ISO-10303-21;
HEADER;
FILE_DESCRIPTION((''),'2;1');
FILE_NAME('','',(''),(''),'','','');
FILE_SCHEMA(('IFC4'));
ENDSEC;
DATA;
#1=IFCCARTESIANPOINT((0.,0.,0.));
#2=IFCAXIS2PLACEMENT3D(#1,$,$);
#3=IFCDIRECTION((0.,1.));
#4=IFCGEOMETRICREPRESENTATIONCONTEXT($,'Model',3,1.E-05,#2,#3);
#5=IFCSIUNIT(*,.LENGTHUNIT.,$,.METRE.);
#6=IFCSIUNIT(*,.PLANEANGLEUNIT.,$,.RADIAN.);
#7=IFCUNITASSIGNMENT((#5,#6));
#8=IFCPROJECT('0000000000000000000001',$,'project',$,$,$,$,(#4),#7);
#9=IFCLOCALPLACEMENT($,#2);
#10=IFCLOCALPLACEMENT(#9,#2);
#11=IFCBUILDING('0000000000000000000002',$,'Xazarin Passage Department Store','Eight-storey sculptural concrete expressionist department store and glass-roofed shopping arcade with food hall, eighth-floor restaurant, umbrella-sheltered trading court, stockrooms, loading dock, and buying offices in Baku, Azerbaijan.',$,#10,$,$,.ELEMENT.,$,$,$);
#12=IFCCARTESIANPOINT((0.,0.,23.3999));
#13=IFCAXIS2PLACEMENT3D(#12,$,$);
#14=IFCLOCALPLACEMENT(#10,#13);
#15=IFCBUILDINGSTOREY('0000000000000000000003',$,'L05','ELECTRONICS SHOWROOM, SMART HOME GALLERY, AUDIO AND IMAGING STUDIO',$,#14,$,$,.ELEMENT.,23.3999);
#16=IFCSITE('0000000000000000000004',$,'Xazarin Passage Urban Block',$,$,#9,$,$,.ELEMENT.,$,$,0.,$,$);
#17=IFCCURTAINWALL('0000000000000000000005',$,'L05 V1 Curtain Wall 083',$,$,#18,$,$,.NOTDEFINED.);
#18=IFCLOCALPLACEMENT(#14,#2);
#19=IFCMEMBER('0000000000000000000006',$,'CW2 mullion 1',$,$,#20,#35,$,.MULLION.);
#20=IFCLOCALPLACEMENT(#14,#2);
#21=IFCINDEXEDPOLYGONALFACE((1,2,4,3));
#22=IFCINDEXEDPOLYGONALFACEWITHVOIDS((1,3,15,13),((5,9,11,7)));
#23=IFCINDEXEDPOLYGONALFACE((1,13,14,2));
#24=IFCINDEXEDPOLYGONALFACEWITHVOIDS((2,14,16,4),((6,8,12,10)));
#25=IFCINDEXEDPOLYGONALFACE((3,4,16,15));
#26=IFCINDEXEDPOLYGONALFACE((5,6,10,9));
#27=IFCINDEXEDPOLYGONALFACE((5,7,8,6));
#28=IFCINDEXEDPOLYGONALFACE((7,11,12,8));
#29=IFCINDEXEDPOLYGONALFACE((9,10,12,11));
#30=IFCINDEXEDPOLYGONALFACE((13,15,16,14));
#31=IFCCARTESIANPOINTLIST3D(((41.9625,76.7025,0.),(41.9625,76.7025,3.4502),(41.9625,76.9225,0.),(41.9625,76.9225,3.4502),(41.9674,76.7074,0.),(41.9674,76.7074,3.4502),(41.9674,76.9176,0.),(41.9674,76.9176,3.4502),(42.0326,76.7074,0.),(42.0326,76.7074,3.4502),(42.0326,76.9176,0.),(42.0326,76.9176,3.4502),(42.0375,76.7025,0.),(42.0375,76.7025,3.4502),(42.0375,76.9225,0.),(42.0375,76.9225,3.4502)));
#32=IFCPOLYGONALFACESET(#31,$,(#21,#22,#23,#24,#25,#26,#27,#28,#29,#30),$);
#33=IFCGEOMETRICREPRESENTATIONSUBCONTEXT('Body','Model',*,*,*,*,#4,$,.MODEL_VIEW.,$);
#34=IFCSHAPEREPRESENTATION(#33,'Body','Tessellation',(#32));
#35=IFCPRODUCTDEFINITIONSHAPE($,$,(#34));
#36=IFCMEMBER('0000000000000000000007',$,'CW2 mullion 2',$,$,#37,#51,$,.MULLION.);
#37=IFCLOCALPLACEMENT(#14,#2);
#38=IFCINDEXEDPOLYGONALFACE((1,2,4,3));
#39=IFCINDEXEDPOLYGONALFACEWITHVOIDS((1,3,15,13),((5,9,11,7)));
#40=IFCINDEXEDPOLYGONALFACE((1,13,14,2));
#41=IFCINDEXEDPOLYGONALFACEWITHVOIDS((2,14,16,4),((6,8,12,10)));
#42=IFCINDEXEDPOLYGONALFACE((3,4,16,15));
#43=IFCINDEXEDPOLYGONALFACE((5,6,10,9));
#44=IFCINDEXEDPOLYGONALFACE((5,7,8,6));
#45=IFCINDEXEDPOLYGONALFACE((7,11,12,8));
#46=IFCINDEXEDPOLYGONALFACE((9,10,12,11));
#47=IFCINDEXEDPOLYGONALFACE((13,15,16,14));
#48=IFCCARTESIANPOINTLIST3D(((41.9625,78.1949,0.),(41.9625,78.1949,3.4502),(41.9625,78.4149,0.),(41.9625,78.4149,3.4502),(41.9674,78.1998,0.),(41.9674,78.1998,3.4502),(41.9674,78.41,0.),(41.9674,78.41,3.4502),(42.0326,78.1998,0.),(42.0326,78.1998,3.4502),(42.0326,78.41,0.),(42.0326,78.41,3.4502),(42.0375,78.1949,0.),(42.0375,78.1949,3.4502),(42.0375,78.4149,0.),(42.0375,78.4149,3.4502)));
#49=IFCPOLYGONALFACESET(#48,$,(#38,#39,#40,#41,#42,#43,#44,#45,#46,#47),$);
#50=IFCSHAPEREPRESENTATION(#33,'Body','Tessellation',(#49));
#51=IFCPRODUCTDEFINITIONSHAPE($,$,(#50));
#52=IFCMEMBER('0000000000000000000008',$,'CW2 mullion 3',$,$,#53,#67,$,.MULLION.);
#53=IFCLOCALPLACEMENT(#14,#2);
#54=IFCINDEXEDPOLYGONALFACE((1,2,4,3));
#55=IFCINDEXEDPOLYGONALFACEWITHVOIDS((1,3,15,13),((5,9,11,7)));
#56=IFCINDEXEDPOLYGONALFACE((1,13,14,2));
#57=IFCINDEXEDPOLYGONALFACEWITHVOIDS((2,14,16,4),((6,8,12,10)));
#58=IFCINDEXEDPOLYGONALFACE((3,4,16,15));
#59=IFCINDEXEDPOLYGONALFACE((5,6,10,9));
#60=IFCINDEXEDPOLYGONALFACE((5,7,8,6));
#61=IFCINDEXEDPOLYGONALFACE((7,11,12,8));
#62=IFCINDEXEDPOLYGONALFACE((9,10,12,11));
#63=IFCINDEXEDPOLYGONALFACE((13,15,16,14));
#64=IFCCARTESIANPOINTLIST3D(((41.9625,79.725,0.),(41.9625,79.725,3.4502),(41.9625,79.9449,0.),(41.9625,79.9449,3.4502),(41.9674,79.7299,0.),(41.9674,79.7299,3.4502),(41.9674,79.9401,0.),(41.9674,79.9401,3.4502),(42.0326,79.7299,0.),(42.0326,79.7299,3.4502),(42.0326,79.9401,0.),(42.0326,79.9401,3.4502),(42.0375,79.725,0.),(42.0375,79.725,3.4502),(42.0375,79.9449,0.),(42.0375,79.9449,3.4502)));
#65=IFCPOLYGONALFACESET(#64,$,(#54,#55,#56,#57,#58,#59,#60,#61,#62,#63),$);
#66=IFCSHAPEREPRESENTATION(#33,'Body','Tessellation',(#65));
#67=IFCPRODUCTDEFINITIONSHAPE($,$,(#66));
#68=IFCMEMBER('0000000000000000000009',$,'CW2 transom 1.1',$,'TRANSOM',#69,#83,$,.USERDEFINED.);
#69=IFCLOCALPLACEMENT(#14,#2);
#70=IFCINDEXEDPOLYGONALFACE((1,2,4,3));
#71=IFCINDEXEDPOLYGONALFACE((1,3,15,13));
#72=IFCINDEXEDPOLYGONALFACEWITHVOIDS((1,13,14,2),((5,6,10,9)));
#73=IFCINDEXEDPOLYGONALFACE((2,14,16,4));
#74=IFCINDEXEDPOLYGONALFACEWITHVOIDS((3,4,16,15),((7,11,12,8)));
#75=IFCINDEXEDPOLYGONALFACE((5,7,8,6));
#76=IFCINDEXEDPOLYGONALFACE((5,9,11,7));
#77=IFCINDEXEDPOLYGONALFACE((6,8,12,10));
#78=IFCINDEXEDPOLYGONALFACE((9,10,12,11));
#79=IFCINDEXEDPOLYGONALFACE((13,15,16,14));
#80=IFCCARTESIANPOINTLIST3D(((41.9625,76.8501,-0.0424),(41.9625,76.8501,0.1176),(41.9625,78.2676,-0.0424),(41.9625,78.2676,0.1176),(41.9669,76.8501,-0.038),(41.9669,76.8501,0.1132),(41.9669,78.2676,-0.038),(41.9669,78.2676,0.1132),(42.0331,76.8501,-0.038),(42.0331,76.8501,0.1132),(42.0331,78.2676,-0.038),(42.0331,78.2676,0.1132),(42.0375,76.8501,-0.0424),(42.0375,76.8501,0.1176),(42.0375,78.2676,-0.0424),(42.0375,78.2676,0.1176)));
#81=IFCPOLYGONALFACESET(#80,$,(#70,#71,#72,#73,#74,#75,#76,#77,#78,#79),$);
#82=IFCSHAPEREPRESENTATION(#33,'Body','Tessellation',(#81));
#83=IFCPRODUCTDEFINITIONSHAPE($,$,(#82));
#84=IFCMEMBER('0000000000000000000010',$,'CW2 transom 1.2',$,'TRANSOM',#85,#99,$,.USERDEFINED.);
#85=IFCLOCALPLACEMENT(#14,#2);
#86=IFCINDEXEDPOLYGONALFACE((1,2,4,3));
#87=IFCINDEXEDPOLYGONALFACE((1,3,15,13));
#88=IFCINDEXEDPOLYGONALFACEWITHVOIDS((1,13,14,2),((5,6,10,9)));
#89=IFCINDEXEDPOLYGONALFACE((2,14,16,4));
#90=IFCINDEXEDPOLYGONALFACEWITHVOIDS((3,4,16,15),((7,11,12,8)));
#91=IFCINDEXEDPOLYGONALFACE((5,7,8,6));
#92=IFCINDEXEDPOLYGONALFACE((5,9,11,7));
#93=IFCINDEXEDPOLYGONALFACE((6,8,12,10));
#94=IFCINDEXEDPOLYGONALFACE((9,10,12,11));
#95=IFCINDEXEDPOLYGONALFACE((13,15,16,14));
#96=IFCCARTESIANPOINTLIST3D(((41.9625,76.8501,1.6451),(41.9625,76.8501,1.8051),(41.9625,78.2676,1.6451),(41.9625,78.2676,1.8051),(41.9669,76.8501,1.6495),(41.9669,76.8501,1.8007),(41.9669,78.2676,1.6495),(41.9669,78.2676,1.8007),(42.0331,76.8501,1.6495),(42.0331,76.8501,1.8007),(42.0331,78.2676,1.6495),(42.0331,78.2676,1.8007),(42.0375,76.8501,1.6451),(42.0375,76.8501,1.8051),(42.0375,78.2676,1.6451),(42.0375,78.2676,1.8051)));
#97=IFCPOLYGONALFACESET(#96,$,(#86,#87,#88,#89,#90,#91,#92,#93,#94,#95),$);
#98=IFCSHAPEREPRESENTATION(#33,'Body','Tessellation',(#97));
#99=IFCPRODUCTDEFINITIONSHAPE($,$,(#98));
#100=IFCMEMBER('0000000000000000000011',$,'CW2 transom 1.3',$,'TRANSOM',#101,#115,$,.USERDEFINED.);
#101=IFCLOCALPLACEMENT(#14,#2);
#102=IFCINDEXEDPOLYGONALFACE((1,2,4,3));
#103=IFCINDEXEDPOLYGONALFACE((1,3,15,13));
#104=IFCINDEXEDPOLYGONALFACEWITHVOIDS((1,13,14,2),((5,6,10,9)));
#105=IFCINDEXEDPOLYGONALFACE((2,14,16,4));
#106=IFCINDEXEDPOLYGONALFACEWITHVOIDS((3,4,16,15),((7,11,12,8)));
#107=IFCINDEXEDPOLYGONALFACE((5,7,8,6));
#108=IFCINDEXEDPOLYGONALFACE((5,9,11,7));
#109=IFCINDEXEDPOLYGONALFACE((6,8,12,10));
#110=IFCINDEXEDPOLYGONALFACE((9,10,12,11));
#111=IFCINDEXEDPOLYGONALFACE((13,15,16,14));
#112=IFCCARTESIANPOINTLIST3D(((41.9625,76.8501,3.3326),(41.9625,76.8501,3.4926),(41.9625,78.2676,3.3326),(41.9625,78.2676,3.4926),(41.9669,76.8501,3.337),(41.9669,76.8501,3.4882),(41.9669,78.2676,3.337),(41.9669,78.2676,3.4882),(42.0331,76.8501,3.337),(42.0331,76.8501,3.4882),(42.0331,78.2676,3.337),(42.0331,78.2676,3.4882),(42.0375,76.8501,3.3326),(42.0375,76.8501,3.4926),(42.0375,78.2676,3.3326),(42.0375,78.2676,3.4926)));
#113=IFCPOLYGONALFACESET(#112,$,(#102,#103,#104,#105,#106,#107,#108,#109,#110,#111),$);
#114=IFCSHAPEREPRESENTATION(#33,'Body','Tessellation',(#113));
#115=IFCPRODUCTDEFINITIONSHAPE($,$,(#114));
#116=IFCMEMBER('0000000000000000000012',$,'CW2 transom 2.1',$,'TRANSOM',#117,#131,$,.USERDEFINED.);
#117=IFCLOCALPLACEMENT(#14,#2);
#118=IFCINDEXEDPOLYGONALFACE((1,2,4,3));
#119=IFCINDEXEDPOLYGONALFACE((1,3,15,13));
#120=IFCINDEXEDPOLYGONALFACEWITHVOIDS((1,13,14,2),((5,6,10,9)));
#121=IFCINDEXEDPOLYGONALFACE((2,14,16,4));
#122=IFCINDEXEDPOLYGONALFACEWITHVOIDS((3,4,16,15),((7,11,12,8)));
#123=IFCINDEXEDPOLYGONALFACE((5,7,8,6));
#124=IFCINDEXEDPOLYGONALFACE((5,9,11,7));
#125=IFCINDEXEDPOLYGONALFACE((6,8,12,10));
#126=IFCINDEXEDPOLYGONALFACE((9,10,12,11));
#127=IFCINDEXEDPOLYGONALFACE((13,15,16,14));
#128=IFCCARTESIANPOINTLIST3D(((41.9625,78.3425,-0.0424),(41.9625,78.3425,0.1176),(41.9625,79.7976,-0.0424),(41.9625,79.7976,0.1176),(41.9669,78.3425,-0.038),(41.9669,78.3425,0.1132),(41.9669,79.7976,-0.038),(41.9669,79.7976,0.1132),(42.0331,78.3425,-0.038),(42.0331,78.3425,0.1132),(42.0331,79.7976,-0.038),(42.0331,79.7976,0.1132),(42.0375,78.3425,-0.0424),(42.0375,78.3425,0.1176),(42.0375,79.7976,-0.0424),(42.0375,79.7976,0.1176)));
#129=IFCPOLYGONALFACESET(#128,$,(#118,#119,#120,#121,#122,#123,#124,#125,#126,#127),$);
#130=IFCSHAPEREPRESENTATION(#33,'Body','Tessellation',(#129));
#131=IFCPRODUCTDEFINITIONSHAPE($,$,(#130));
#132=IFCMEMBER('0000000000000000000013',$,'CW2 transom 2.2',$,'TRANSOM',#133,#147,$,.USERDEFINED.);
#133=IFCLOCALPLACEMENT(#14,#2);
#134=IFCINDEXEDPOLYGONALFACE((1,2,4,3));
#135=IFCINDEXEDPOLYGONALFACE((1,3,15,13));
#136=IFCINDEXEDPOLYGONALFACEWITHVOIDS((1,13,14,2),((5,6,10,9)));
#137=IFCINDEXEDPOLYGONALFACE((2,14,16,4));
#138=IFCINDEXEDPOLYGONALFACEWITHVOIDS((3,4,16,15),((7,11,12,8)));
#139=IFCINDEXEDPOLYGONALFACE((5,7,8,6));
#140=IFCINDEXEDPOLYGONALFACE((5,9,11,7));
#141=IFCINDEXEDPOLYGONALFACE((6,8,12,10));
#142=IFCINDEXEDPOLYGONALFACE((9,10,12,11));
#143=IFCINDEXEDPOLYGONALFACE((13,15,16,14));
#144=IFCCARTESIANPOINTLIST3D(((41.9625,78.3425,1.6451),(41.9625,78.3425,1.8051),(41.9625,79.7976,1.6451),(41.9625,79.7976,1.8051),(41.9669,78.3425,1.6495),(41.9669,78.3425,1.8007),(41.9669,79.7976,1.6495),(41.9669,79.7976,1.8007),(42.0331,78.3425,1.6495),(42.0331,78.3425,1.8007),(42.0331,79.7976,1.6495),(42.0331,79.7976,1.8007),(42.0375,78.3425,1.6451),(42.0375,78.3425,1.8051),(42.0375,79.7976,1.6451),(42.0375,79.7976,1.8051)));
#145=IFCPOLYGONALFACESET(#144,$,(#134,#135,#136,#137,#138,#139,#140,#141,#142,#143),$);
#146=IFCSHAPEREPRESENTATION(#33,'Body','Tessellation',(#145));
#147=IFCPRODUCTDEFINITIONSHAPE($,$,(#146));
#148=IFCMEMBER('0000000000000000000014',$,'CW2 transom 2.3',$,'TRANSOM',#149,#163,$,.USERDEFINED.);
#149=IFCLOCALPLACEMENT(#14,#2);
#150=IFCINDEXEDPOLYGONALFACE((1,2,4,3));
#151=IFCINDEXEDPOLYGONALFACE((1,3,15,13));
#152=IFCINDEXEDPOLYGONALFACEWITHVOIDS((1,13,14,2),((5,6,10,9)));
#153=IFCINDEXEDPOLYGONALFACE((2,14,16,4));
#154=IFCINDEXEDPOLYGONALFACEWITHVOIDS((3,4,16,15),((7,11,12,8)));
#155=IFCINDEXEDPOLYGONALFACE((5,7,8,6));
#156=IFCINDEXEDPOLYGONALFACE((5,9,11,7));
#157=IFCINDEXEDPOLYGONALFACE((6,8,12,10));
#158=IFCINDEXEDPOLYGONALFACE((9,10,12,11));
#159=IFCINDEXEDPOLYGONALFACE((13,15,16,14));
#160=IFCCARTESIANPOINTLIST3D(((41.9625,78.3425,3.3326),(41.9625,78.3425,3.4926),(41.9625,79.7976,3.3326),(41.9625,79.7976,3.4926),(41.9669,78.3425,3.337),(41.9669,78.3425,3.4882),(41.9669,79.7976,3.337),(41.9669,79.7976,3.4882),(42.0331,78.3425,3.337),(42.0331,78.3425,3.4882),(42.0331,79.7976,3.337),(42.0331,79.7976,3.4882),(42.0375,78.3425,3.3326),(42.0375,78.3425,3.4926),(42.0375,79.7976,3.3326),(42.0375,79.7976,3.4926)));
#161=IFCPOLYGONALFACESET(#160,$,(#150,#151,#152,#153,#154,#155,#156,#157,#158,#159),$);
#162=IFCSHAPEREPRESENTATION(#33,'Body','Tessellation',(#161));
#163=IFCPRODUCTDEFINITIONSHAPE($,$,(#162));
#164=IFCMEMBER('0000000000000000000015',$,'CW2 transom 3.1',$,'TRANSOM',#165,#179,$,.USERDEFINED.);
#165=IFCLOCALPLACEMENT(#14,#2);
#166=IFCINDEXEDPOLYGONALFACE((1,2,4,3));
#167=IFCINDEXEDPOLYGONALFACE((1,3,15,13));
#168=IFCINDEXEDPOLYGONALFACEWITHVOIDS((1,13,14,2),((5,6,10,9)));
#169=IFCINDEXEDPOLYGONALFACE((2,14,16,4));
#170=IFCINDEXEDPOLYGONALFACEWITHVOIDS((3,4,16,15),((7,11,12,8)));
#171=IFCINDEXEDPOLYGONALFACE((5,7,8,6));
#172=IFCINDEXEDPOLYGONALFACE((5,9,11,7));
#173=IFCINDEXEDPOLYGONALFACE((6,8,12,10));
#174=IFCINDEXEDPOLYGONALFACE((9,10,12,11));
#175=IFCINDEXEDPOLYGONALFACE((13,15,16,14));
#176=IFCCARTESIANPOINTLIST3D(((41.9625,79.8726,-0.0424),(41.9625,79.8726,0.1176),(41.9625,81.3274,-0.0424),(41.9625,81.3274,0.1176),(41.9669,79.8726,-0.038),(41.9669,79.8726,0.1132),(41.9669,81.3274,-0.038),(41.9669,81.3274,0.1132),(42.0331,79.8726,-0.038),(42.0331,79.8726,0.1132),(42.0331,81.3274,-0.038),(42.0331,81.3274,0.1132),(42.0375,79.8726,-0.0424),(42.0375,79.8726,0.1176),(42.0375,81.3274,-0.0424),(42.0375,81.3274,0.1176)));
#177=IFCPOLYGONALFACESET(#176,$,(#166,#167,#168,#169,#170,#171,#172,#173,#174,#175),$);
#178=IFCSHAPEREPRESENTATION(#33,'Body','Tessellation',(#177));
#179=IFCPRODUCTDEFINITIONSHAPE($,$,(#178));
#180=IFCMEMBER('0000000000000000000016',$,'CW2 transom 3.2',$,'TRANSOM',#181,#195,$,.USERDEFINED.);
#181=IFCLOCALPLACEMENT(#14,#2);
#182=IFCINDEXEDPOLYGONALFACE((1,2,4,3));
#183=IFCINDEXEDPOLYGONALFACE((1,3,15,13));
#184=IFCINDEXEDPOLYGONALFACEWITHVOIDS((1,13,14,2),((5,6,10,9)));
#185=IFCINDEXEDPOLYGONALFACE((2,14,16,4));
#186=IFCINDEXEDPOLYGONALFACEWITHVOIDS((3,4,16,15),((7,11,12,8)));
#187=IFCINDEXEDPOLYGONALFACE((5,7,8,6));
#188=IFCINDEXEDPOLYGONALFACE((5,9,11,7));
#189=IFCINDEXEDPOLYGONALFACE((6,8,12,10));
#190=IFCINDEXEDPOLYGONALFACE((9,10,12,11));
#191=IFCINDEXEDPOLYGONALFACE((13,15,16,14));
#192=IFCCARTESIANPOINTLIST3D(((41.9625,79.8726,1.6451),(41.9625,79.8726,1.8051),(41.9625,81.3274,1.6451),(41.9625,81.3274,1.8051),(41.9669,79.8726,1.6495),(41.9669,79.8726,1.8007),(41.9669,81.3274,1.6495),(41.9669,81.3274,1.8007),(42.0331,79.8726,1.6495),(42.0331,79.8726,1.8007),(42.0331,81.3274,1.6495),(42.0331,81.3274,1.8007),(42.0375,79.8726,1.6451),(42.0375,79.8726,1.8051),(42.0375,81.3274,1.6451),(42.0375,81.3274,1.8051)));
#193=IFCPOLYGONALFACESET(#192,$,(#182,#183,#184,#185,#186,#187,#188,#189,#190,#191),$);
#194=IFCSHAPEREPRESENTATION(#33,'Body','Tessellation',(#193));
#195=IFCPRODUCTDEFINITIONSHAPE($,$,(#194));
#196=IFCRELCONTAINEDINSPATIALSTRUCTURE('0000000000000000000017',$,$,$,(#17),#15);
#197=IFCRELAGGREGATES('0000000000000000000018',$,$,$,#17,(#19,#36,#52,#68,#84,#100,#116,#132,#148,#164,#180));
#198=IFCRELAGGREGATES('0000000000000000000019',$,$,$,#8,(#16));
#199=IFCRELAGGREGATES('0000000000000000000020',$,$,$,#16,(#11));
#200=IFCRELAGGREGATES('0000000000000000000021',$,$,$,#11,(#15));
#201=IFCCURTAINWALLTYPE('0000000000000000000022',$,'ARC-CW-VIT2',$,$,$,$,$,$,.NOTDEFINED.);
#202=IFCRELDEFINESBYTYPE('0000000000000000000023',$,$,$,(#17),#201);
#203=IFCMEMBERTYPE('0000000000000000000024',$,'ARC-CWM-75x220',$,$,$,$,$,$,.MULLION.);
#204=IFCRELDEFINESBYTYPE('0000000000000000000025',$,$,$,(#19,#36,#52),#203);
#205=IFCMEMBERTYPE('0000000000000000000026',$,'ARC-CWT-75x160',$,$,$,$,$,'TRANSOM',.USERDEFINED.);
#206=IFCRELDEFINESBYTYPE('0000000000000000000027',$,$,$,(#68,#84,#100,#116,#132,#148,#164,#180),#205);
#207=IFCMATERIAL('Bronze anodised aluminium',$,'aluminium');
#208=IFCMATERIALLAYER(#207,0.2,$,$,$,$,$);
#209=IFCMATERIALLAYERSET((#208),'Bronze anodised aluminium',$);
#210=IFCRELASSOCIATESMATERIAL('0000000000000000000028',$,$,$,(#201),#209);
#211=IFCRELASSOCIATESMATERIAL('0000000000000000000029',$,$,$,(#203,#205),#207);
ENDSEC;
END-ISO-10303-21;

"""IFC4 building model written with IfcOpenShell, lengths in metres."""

from ifc_helpers import new_model, si_unit, direction, frame, origin, origin_2d, place, context, subcontext, project, spatial, hollow_rectangle, extrude, material, layer, layer_set, material_profile, profile_set, type_object, element, aggregate, save


model = new_model("IFC4")

# Units and contexts
model_context = context("Model", 3, precision=1e-05, world=origin(), true_north=direction((0.0, 1.0)))
body_context = subcontext(model_context, "Body", "Model", "MODEL_VIEW")
ifc_project = project(units=[si_unit("LENGTHUNIT", "METRE"), si_unit("PLANEANGLEUNIT", "RADIAN")], contexts=[model_context])

# Site, building, storey
site_placement = place(None, origin())
site = spatial("IfcSite", under=ifc_project, at=site_placement, Name="Xazarin Passage Urban Block", CompositionType="ELEMENT", RefElevation=0.0)
building_placement = place(site_placement, origin())
building = spatial("IfcBuilding", under=site, at=building_placement, Name="Xazarin Passage Department Store", Description="Eight-storey sculptural concrete expressionist department store and glass-roofed shopping arcade with food hall, eighth-floor restaurant, umbrella-sheltered trading court, stockrooms, loading dock, and buying offices in Baku, Azerbaijan.", CompositionType="ELEMENT")
storey_placement = place(building_placement, frame((0.0, 0.0, 23.3999)))
storey = spatial("IfcBuildingStorey", under=building, at=storey_placement, Name="L05", Description="ELECTRONICS SHOWROOM, SMART HOME GALLERY, AUDIO AND IMAGING STUDIO", CompositionType="ELEMENT", Elevation=23.3999)

# Curtain wall, members
ifc_material_1 = material(Name="Bronze anodised aluminium", Category="aluminium")
ifc_layer_1 = layer(ifc_material_1, 0.2)
ifc_layer_set_1 = layer_set([ifc_layer_1], Name="Bronze anodised aluminium")
curtain_wall_type = type_object("IfcCurtainWallType", Name="ARC-CW-VIT2", PredefinedType="NOTDEFINED", material=ifc_layer_set_1)
curtain_wall_placement = place(storey_placement, origin())
curtain_wall = element("IfcCurtainWall", 1, at=curtain_wall_placement, inside=storey, type_object=curtain_wall_type, Name="L05 V1 Curtain Wall 083", PredefinedType="NOTDEFINED")
ifc_material_profile_1 = material_profile(ifc_material_1, hollow_rectangle(XDim=0.075, YDim=0.22, WallThickness=0.0049, at=origin_2d()), Name="ALU 75x220")
ifc_profile_set_1 = profile_set([ifc_material_profile_1], Name="Bronze anodised aluminium")
member_type_1 = type_object("IfcMemberType", Name="ARC-CWM-75x220", PredefinedType="MULLION", material=ifc_profile_set_1)
member_1_placement = place(storey_placement, frame((42.0, 76.8125, 0.0), z_axis=(0.0, 0.0, 1.0), x_axis=(-1.0, 0.0, 0.0)))
member_1 = element("IfcMember", 2, at=member_1_placement, type_object=member_type_1, Name="CW2 mullion 1", PredefinedType="MULLION", context=body_context, shape_type="SweptSolid", body=[
    extrude(hollow_rectangle(XDim=0.075, YDim=0.22, WallThickness=0.0049, at=origin_2d()), origin(), (0.0, 0.0, 1.0), 3.4502),
])
member_2_placement = place(storey_placement, frame((42.0, 78.3049, 0.0), z_axis=(0.0, 0.0, 1.0), x_axis=(-1.0, 0.0, 0.0)))
member_2 = element("IfcMember", 3, at=member_2_placement, type_object=member_type_1, Name="CW2 mullion 2", PredefinedType="MULLION", context=body_context, shape_type="SweptSolid", body=[
    extrude(hollow_rectangle(XDim=0.075, YDim=0.22, WallThickness=0.0049, at=origin_2d()), origin(), (0.0, 0.0, 1.0), 3.4502),
])
member_3_placement = place(storey_placement, frame((42.0, 79.835, 0.0), z_axis=(0.0, 0.0, 1.0), x_axis=(-1.0, 0.0, 0.0)))
member_3 = element("IfcMember", 4, at=member_3_placement, type_object=member_type_1, Name="CW2 mullion 3", PredefinedType="MULLION", context=body_context, shape_type="SweptSolid", body=[
    extrude(hollow_rectangle(XDim=0.075, YDim=0.22, WallThickness=0.0049, at=origin_2d()), origin(), (0.0, 0.0, 1.0), 3.4502),
])
ifc_material_profile_2 = material_profile(ifc_material_1, hollow_rectangle(XDim=0.075, YDim=0.1599, WallThickness=0.0044, at=origin_2d()), Name="ALU 75x160")
ifc_profile_set_2 = profile_set([ifc_material_profile_2], Name="Bronze anodised aluminium")
member_type_2 = type_object("IfcMemberType", Name="ARC-CWT-75x160", ElementType="TRANSOM", PredefinedType="USERDEFINED", material=ifc_profile_set_2)
member_4_placement = place(storey_placement, frame((42.0, 76.8501, 0.0376), z_axis=(0.0, 1.0, 0.0), x_axis=(-1.0, 0.0, 0.0)))
member_4 = element("IfcMember", 5, at=member_4_placement, type_object=member_type_2, Name="CW2 transom 1.1", ObjectType="TRANSOM", PredefinedType="USERDEFINED", context=body_context, shape_type="SweptSolid", body=[
    extrude(hollow_rectangle(XDim=0.075, YDim=0.1599, WallThickness=0.0044, at=origin_2d()), origin(), (0.0, 0.0, 1.0), 1.4175),
])
member_5_placement = place(storey_placement, frame((42.0, 76.8501, 1.7251), z_axis=(0.0, 1.0, 0.0), x_axis=(-1.0, 0.0, 0.0)))
member_5 = element("IfcMember", 6, at=member_5_placement, type_object=member_type_2, Name="CW2 transom 1.2", ObjectType="TRANSOM", PredefinedType="USERDEFINED", context=body_context, shape_type="SweptSolid", body=[
    extrude(hollow_rectangle(XDim=0.075, YDim=0.1599, WallThickness=0.0044, at=origin_2d()), origin(), (0.0, 0.0, 1.0), 1.4175),
])
member_6_placement = place(storey_placement, frame((42.0, 76.8501, 3.4126), z_axis=(0.0, 1.0, 0.0), x_axis=(-1.0, 0.0, 0.0)))
member_6 = element("IfcMember", 7, at=member_6_placement, type_object=member_type_2, Name="CW2 transom 1.3", ObjectType="TRANSOM", PredefinedType="USERDEFINED", context=body_context, shape_type="SweptSolid", body=[
    extrude(hollow_rectangle(XDim=0.075, YDim=0.1599, WallThickness=0.0044, at=origin_2d()), origin(), (0.0, 0.0, 1.0), 1.4175),
])
member_7_placement = place(storey_placement, frame((42.0, 78.3425, 0.0376), z_axis=(0.0, 1.0, 0.0), x_axis=(-1.0, 0.0, 0.0)))
member_7 = element("IfcMember", 8, at=member_7_placement, type_object=member_type_2, Name="CW2 transom 2.1", ObjectType="TRANSOM", PredefinedType="USERDEFINED", context=body_context, shape_type="SweptSolid", body=[
    extrude(hollow_rectangle(XDim=0.075, YDim=0.1599, WallThickness=0.0044, at=origin_2d()), origin(), (0.0, 0.0, 1.0), 1.4551),
])
member_8_placement = place(storey_placement, frame((42.0, 78.3425, 1.7251), z_axis=(0.0, 1.0, 0.0), x_axis=(-1.0, 0.0, 0.0)))
member_8 = element("IfcMember", 9, at=member_8_placement, type_object=member_type_2, Name="CW2 transom 2.2", ObjectType="TRANSOM", PredefinedType="USERDEFINED", context=body_context, shape_type="SweptSolid", body=[
    extrude(hollow_rectangle(XDim=0.075, YDim=0.1599, WallThickness=0.0044, at=origin_2d()), origin(), (0.0, 0.0, 1.0), 1.4551),
])
member_9_placement = place(storey_placement, frame((42.0, 78.3425, 3.4126), z_axis=(0.0, 1.0, 0.0), x_axis=(-1.0, 0.0, 0.0)))
member_9 = element("IfcMember", 10, at=member_9_placement, type_object=member_type_2, Name="CW2 transom 2.3", ObjectType="TRANSOM", PredefinedType="USERDEFINED", context=body_context, shape_type="SweptSolid", body=[
    extrude(hollow_rectangle(XDim=0.075, YDim=0.1599, WallThickness=0.0044, at=origin_2d()), origin(), (0.0, 0.0, 1.0), 1.4551),
])
member_10_placement = place(storey_placement, frame((42.0, 79.8726, 0.0376), z_axis=(0.0, 1.0, 0.0), x_axis=(-1.0, 0.0, 0.0)))
member_10 = element("IfcMember", 11, at=member_10_placement, type_object=member_type_2, Name="CW2 transom 3.1", ObjectType="TRANSOM", PredefinedType="USERDEFINED", context=body_context, shape_type="SweptSolid", body=[
    extrude(hollow_rectangle(XDim=0.075, YDim=0.1599, WallThickness=0.0044, at=origin_2d()), origin(), (0.0, 0.0, 1.0), 1.4548),
])
member_11_placement = place(storey_placement, frame((42.0, 79.8726, 1.7251), z_axis=(0.0, 1.0, 0.0), x_axis=(-1.0, 0.0, 0.0)))
member_11 = element("IfcMember", 12, at=member_11_placement, type_object=member_type_2, Name="CW2 transom 3.2", ObjectType="TRANSOM", PredefinedType="USERDEFINED", context=body_context, shape_type="SweptSolid", body=[
    extrude(hollow_rectangle(XDim=0.075, YDim=0.1599, WallThickness=0.0044, at=origin_2d()), origin(), (0.0, 0.0, 1.0), 1.4548),
])

aggregate(curtain_wall, [member_1, member_2, member_3, member_4, member_5, member_6, member_7, member_8, member_9, member_10, member_11])

save(model, "model.ifc")
